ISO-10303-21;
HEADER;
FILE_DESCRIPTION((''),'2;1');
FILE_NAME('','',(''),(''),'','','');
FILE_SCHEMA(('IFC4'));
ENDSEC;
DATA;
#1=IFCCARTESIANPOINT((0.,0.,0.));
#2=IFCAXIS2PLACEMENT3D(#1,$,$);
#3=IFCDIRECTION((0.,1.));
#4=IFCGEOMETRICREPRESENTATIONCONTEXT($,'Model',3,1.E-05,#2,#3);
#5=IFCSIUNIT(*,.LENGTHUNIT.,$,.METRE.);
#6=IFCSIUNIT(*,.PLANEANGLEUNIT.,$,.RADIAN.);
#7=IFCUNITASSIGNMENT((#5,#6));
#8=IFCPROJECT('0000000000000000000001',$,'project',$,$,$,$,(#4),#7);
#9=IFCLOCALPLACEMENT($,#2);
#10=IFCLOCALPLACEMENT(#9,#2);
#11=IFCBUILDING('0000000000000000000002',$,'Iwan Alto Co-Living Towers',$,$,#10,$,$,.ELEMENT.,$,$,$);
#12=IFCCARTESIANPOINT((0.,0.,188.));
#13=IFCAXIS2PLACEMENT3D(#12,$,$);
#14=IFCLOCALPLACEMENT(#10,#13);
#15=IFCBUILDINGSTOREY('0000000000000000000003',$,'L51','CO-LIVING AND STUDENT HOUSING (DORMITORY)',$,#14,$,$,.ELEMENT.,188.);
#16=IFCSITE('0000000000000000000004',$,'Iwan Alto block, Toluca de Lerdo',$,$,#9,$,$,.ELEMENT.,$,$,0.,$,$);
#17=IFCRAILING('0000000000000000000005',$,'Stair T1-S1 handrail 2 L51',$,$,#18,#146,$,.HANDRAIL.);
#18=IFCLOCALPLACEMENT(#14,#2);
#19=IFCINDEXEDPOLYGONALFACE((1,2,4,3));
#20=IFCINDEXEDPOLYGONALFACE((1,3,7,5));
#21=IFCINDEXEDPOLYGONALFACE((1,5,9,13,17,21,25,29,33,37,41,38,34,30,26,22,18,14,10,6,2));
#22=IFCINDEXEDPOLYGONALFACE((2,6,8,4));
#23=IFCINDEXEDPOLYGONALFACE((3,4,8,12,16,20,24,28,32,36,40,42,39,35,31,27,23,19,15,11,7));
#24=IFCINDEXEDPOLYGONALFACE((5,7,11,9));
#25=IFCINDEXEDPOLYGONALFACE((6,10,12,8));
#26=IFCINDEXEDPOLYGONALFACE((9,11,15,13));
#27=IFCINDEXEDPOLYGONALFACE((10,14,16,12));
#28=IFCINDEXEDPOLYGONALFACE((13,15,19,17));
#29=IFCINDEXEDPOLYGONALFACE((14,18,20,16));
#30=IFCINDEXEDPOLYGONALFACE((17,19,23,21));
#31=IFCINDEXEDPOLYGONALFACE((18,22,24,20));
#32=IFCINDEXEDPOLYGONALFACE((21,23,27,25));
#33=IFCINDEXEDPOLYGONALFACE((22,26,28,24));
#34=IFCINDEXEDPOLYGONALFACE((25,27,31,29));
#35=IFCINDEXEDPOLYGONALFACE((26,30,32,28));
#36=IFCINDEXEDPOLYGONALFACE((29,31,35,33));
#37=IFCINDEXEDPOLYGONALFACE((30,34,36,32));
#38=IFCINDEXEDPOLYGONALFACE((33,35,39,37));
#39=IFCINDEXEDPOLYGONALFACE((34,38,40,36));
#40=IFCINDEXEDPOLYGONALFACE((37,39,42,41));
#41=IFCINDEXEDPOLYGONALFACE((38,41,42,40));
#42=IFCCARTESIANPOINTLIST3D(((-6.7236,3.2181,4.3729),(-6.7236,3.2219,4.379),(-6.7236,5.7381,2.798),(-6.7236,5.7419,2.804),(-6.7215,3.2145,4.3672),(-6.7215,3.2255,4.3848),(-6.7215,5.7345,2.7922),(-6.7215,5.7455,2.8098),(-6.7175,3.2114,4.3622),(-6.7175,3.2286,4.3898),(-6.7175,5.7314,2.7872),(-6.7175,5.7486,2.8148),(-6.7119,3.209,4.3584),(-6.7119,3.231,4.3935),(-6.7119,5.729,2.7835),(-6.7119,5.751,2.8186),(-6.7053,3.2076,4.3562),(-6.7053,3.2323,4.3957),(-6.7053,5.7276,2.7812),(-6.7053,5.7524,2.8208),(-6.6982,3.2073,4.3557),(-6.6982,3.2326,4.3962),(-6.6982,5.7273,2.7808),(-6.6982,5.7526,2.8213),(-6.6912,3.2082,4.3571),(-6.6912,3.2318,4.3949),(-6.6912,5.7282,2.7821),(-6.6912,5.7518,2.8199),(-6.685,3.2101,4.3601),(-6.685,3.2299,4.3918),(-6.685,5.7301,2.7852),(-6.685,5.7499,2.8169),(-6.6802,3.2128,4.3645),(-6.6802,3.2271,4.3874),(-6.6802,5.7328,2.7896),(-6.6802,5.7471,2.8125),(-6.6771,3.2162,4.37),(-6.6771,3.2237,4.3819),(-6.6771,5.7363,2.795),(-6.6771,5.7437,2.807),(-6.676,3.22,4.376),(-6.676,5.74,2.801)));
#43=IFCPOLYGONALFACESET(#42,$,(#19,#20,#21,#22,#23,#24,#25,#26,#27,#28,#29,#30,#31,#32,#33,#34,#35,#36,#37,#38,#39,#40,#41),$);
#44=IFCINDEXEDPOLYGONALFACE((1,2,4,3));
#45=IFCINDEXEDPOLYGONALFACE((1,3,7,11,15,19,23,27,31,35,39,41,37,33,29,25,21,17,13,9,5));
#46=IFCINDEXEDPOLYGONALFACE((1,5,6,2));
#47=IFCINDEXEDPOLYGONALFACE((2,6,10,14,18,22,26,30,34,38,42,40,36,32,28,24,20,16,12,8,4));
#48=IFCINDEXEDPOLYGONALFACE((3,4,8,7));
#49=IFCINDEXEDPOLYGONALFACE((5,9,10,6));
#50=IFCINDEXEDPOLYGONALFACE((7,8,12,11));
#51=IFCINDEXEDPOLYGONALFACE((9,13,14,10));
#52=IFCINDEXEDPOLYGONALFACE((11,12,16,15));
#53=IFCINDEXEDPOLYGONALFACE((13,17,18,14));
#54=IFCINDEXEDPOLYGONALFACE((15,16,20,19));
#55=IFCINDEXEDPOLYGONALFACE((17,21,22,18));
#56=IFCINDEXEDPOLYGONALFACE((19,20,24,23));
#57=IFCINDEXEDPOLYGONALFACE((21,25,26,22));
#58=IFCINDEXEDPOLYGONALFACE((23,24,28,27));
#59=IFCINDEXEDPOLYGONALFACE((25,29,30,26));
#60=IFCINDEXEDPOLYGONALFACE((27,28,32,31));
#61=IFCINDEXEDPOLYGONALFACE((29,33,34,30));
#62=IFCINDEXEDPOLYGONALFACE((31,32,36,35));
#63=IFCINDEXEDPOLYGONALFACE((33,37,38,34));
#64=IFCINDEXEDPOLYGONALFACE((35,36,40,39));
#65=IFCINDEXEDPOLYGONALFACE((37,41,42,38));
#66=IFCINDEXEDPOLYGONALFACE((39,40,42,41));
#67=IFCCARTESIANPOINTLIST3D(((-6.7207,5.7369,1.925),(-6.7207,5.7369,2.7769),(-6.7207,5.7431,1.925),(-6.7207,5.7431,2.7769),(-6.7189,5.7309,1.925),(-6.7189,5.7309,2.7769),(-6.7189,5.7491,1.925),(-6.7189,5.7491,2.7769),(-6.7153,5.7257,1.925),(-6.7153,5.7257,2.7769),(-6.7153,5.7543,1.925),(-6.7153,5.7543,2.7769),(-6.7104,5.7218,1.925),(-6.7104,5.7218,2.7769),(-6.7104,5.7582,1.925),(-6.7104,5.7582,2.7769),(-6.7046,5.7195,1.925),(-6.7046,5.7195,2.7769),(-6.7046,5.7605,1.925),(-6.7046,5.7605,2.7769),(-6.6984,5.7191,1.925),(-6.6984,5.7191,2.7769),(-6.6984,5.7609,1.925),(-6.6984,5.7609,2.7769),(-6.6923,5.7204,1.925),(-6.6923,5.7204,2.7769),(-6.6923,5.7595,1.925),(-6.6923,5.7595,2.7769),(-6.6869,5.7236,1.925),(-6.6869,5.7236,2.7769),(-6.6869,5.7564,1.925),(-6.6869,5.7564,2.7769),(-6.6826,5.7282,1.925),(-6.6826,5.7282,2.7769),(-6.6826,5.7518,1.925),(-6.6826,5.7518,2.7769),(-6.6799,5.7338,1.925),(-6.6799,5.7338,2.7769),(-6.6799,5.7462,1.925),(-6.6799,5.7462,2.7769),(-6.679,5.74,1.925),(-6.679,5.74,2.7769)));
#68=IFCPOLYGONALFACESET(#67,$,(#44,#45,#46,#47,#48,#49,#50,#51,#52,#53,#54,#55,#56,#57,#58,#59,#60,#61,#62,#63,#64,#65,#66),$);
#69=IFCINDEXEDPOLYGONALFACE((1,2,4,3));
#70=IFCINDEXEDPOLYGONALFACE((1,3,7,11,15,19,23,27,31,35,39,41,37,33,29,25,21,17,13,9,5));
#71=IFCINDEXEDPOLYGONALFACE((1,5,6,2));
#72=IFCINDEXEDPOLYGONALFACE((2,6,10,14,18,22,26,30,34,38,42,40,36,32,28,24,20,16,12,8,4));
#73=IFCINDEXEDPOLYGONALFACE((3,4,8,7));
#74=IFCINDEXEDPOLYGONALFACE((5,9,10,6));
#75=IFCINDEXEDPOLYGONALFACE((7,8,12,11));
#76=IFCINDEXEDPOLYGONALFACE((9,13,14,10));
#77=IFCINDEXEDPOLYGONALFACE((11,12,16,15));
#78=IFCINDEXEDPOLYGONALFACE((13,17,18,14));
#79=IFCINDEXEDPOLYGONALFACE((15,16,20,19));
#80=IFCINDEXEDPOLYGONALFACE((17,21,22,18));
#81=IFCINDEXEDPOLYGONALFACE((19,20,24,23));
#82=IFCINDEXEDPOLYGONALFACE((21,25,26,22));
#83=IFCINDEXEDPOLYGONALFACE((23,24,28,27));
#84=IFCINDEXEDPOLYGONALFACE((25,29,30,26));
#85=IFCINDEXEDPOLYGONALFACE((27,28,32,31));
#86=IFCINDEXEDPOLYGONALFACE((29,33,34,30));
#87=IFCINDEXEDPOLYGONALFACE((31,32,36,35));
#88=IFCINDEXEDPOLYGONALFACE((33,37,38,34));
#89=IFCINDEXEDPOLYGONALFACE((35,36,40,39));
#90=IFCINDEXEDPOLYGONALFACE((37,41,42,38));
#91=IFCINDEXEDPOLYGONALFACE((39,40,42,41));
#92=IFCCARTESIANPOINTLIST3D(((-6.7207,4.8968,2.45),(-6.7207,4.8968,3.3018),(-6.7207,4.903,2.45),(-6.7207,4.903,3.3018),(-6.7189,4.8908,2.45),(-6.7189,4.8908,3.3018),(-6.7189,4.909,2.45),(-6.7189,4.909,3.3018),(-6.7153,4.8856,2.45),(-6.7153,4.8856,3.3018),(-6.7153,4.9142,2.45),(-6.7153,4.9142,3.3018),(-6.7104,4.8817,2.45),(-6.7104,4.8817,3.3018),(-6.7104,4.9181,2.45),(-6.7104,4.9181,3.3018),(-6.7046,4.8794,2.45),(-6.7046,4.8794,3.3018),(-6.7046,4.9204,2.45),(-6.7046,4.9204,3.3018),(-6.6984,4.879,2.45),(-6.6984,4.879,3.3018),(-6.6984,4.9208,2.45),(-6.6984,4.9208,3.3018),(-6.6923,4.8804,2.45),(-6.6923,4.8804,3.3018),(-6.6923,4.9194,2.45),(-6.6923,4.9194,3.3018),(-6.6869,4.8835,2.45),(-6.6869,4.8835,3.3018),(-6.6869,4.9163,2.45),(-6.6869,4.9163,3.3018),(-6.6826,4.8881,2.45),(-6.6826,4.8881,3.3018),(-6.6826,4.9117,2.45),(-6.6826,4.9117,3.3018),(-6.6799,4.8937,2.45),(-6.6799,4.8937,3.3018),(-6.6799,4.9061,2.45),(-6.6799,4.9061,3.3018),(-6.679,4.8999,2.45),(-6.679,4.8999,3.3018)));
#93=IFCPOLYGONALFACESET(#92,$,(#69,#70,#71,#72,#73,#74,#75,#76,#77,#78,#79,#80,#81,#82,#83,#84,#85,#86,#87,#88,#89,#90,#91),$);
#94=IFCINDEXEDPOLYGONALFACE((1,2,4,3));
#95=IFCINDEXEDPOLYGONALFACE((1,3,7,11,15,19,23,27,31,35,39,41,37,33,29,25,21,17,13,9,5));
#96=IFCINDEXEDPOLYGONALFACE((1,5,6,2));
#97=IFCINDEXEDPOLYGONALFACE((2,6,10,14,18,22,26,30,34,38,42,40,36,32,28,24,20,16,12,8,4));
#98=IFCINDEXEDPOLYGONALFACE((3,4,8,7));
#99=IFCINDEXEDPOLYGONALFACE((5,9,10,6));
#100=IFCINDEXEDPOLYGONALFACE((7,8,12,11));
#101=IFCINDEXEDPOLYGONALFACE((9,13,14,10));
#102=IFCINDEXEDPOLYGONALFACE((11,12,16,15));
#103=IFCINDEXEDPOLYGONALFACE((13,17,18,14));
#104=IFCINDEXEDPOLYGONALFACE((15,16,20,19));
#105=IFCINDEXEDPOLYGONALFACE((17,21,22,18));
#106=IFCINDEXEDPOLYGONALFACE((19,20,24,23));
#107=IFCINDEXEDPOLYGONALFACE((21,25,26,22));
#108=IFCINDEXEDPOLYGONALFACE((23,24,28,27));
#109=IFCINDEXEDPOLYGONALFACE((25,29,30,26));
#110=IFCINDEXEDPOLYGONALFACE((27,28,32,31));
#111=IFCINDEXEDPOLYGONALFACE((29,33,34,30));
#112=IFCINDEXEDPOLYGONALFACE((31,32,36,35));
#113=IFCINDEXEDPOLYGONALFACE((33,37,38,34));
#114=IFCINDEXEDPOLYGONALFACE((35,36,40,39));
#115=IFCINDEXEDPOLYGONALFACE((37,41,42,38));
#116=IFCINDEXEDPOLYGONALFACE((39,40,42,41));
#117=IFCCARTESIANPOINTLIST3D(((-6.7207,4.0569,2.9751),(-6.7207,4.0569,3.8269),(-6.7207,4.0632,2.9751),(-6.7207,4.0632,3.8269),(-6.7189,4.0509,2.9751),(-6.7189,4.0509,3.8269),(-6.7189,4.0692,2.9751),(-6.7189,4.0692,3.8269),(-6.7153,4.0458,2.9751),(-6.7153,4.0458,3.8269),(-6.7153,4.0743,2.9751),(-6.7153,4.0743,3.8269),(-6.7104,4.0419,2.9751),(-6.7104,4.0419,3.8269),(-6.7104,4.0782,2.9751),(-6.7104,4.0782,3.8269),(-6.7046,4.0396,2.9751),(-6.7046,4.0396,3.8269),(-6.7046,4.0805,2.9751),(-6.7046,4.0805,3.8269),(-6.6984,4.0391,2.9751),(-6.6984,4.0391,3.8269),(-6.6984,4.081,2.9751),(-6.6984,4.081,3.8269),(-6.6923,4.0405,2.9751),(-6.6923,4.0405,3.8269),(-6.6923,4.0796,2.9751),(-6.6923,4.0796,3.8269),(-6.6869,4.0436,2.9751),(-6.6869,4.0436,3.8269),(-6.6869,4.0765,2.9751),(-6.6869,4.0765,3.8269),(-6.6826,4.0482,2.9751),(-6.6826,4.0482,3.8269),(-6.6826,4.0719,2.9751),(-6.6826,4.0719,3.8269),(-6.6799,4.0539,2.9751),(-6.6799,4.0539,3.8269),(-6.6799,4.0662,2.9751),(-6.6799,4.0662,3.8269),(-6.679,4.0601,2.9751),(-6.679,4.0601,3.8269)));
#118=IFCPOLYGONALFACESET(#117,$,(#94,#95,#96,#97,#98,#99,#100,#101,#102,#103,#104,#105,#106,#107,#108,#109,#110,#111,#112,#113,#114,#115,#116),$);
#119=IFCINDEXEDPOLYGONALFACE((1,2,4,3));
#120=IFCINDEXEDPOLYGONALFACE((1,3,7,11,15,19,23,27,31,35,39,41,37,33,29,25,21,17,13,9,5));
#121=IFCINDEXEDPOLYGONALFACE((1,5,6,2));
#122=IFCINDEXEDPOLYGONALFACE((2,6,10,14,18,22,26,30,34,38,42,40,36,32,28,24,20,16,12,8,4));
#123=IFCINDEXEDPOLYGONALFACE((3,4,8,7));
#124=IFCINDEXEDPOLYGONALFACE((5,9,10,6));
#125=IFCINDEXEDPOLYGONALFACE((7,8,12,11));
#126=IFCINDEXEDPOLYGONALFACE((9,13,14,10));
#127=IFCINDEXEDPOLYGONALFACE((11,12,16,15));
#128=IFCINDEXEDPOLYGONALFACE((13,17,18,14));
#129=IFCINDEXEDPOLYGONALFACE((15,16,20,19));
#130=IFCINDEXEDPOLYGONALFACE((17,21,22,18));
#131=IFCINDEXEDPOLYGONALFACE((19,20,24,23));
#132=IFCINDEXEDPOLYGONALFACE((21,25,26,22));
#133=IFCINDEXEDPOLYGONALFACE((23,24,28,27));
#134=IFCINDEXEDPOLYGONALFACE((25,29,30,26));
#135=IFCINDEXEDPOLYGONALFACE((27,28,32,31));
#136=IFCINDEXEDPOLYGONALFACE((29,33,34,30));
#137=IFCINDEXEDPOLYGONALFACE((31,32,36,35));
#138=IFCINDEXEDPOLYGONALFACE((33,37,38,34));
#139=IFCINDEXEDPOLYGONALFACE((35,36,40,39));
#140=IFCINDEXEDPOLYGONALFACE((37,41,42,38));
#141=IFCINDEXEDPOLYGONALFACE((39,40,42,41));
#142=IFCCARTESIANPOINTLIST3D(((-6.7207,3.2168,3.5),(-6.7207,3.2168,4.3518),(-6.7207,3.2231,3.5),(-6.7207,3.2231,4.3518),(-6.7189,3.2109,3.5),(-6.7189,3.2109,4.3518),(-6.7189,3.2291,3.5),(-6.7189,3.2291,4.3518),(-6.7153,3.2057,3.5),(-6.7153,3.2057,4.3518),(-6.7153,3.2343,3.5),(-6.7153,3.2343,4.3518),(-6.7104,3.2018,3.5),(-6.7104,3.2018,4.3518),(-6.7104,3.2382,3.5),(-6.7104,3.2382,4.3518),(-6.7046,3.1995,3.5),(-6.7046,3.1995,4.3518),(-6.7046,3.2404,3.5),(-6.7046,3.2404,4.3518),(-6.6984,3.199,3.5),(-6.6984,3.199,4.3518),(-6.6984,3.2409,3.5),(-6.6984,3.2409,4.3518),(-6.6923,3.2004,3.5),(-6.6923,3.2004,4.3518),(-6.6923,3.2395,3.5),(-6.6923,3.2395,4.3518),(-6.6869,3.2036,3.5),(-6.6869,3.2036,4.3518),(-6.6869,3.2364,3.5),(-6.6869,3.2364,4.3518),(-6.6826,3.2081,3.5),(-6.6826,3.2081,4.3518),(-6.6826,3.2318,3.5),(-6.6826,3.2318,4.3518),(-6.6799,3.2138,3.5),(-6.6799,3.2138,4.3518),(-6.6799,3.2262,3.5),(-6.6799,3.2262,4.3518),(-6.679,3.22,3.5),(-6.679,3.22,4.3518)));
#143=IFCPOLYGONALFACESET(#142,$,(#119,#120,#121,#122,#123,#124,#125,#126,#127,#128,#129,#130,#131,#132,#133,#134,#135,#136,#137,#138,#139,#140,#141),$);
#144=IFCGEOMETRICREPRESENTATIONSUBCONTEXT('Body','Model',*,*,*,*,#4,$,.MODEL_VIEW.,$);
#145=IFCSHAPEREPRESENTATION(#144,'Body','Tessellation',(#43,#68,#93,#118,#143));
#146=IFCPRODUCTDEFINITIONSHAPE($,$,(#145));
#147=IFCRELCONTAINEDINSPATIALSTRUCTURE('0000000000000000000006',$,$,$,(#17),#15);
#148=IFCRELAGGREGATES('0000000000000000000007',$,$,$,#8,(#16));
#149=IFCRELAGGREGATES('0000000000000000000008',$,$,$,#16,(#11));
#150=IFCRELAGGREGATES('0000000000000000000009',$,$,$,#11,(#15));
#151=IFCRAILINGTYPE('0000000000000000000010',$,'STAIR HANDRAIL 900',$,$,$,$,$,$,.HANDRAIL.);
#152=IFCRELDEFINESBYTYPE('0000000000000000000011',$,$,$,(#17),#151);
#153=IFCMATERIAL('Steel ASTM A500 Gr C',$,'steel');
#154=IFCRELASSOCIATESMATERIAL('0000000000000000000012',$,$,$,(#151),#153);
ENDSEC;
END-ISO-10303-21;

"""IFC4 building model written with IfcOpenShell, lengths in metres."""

from ifc_helpers import new_model, si_unit, direction, frame, origin, origin_2d, place, context, subcontext, project, spatial, circle, extrude, material, type_object, element, save


model = new_model("IFC4")

# Units and contexts
model_context = context("Model", 3, precision=1e-05, world=origin(), true_north=direction((0.0, 1.0)))
body_context = subcontext(model_context, "Body", "Model", "MODEL_VIEW")
ifc_project = project(units=[si_unit("LENGTHUNIT", "METRE"), si_unit("PLANEANGLEUNIT", "RADIAN")], contexts=[model_context])

# Site, building, storey
site_placement = place(None, origin())
site = spatial("IfcSite", under=ifc_project, at=site_placement, Name="Iwan Alto block, Toluca de Lerdo", CompositionType="ELEMENT", RefElevation=0.0)
building_placement = place(site_placement, origin())
building = spatial("IfcBuilding", under=site, at=building_placement, Name="Iwan Alto Co-Living Towers", CompositionType="ELEMENT")
storey_placement = place(building_placement, frame((0.0, 0.0, 188.0)))
storey = spatial("IfcBuildingStorey", under=building, at=storey_placement, Name="L51", Description="CO-LIVING AND STUDENT HOUSING (DORMITORY)", CompositionType="ELEMENT", Elevation=188.0)

# Railing
ifc_material_1 = material(Name="Steel ASTM A500 Gr C", Category="steel")
railing_type_1 = type_object("IfcRailingType", Name="STAIR HANDRAIL 900", PredefinedType="HANDRAIL", material=ifc_material_1)
railing_1_placement = place(storey_placement, frame((-6.7, 5.74, 1.925)))
element("IfcRailing", 1, at=railing_1_placement, inside=storey, type_object=railing_type_1, Name="Stair T1-S1 handrail 2 L51", PredefinedType="HANDRAIL", context=body_context, shape_type="SweptSolid", body=[
    extrude(circle(Radius=0.0239, at=origin_2d()), frame((0.0, 0.0, 0.876), z_axis=(0.0, -0.848008, 0.529984), x_axis=(1.0, 0.0, 0.0)), (0.0, 0.0, 1.0), 2.9717),
    extrude(circle(Radius=0.021, at=origin_2d()), origin(), (0.0, 0.0, 1.0), 0.8518),
    extrude(circle(Radius=0.021, at=origin_2d()), frame((0.0, -0.8401, 0.5249)), (0.0, 0.0, 1.0), 0.8518),
    extrude(circle(Radius=0.021, at=origin_2d()), frame((0.0, -1.6799, 1.05)), (0.0, 0.0, 1.0), 0.8518),
    extrude(circle(Radius=0.021, at=origin_2d()), frame((0.0, -2.52, 1.575)), (0.0, 0.0, 1.0), 0.8518),
])

save(model, "model.ifc")
